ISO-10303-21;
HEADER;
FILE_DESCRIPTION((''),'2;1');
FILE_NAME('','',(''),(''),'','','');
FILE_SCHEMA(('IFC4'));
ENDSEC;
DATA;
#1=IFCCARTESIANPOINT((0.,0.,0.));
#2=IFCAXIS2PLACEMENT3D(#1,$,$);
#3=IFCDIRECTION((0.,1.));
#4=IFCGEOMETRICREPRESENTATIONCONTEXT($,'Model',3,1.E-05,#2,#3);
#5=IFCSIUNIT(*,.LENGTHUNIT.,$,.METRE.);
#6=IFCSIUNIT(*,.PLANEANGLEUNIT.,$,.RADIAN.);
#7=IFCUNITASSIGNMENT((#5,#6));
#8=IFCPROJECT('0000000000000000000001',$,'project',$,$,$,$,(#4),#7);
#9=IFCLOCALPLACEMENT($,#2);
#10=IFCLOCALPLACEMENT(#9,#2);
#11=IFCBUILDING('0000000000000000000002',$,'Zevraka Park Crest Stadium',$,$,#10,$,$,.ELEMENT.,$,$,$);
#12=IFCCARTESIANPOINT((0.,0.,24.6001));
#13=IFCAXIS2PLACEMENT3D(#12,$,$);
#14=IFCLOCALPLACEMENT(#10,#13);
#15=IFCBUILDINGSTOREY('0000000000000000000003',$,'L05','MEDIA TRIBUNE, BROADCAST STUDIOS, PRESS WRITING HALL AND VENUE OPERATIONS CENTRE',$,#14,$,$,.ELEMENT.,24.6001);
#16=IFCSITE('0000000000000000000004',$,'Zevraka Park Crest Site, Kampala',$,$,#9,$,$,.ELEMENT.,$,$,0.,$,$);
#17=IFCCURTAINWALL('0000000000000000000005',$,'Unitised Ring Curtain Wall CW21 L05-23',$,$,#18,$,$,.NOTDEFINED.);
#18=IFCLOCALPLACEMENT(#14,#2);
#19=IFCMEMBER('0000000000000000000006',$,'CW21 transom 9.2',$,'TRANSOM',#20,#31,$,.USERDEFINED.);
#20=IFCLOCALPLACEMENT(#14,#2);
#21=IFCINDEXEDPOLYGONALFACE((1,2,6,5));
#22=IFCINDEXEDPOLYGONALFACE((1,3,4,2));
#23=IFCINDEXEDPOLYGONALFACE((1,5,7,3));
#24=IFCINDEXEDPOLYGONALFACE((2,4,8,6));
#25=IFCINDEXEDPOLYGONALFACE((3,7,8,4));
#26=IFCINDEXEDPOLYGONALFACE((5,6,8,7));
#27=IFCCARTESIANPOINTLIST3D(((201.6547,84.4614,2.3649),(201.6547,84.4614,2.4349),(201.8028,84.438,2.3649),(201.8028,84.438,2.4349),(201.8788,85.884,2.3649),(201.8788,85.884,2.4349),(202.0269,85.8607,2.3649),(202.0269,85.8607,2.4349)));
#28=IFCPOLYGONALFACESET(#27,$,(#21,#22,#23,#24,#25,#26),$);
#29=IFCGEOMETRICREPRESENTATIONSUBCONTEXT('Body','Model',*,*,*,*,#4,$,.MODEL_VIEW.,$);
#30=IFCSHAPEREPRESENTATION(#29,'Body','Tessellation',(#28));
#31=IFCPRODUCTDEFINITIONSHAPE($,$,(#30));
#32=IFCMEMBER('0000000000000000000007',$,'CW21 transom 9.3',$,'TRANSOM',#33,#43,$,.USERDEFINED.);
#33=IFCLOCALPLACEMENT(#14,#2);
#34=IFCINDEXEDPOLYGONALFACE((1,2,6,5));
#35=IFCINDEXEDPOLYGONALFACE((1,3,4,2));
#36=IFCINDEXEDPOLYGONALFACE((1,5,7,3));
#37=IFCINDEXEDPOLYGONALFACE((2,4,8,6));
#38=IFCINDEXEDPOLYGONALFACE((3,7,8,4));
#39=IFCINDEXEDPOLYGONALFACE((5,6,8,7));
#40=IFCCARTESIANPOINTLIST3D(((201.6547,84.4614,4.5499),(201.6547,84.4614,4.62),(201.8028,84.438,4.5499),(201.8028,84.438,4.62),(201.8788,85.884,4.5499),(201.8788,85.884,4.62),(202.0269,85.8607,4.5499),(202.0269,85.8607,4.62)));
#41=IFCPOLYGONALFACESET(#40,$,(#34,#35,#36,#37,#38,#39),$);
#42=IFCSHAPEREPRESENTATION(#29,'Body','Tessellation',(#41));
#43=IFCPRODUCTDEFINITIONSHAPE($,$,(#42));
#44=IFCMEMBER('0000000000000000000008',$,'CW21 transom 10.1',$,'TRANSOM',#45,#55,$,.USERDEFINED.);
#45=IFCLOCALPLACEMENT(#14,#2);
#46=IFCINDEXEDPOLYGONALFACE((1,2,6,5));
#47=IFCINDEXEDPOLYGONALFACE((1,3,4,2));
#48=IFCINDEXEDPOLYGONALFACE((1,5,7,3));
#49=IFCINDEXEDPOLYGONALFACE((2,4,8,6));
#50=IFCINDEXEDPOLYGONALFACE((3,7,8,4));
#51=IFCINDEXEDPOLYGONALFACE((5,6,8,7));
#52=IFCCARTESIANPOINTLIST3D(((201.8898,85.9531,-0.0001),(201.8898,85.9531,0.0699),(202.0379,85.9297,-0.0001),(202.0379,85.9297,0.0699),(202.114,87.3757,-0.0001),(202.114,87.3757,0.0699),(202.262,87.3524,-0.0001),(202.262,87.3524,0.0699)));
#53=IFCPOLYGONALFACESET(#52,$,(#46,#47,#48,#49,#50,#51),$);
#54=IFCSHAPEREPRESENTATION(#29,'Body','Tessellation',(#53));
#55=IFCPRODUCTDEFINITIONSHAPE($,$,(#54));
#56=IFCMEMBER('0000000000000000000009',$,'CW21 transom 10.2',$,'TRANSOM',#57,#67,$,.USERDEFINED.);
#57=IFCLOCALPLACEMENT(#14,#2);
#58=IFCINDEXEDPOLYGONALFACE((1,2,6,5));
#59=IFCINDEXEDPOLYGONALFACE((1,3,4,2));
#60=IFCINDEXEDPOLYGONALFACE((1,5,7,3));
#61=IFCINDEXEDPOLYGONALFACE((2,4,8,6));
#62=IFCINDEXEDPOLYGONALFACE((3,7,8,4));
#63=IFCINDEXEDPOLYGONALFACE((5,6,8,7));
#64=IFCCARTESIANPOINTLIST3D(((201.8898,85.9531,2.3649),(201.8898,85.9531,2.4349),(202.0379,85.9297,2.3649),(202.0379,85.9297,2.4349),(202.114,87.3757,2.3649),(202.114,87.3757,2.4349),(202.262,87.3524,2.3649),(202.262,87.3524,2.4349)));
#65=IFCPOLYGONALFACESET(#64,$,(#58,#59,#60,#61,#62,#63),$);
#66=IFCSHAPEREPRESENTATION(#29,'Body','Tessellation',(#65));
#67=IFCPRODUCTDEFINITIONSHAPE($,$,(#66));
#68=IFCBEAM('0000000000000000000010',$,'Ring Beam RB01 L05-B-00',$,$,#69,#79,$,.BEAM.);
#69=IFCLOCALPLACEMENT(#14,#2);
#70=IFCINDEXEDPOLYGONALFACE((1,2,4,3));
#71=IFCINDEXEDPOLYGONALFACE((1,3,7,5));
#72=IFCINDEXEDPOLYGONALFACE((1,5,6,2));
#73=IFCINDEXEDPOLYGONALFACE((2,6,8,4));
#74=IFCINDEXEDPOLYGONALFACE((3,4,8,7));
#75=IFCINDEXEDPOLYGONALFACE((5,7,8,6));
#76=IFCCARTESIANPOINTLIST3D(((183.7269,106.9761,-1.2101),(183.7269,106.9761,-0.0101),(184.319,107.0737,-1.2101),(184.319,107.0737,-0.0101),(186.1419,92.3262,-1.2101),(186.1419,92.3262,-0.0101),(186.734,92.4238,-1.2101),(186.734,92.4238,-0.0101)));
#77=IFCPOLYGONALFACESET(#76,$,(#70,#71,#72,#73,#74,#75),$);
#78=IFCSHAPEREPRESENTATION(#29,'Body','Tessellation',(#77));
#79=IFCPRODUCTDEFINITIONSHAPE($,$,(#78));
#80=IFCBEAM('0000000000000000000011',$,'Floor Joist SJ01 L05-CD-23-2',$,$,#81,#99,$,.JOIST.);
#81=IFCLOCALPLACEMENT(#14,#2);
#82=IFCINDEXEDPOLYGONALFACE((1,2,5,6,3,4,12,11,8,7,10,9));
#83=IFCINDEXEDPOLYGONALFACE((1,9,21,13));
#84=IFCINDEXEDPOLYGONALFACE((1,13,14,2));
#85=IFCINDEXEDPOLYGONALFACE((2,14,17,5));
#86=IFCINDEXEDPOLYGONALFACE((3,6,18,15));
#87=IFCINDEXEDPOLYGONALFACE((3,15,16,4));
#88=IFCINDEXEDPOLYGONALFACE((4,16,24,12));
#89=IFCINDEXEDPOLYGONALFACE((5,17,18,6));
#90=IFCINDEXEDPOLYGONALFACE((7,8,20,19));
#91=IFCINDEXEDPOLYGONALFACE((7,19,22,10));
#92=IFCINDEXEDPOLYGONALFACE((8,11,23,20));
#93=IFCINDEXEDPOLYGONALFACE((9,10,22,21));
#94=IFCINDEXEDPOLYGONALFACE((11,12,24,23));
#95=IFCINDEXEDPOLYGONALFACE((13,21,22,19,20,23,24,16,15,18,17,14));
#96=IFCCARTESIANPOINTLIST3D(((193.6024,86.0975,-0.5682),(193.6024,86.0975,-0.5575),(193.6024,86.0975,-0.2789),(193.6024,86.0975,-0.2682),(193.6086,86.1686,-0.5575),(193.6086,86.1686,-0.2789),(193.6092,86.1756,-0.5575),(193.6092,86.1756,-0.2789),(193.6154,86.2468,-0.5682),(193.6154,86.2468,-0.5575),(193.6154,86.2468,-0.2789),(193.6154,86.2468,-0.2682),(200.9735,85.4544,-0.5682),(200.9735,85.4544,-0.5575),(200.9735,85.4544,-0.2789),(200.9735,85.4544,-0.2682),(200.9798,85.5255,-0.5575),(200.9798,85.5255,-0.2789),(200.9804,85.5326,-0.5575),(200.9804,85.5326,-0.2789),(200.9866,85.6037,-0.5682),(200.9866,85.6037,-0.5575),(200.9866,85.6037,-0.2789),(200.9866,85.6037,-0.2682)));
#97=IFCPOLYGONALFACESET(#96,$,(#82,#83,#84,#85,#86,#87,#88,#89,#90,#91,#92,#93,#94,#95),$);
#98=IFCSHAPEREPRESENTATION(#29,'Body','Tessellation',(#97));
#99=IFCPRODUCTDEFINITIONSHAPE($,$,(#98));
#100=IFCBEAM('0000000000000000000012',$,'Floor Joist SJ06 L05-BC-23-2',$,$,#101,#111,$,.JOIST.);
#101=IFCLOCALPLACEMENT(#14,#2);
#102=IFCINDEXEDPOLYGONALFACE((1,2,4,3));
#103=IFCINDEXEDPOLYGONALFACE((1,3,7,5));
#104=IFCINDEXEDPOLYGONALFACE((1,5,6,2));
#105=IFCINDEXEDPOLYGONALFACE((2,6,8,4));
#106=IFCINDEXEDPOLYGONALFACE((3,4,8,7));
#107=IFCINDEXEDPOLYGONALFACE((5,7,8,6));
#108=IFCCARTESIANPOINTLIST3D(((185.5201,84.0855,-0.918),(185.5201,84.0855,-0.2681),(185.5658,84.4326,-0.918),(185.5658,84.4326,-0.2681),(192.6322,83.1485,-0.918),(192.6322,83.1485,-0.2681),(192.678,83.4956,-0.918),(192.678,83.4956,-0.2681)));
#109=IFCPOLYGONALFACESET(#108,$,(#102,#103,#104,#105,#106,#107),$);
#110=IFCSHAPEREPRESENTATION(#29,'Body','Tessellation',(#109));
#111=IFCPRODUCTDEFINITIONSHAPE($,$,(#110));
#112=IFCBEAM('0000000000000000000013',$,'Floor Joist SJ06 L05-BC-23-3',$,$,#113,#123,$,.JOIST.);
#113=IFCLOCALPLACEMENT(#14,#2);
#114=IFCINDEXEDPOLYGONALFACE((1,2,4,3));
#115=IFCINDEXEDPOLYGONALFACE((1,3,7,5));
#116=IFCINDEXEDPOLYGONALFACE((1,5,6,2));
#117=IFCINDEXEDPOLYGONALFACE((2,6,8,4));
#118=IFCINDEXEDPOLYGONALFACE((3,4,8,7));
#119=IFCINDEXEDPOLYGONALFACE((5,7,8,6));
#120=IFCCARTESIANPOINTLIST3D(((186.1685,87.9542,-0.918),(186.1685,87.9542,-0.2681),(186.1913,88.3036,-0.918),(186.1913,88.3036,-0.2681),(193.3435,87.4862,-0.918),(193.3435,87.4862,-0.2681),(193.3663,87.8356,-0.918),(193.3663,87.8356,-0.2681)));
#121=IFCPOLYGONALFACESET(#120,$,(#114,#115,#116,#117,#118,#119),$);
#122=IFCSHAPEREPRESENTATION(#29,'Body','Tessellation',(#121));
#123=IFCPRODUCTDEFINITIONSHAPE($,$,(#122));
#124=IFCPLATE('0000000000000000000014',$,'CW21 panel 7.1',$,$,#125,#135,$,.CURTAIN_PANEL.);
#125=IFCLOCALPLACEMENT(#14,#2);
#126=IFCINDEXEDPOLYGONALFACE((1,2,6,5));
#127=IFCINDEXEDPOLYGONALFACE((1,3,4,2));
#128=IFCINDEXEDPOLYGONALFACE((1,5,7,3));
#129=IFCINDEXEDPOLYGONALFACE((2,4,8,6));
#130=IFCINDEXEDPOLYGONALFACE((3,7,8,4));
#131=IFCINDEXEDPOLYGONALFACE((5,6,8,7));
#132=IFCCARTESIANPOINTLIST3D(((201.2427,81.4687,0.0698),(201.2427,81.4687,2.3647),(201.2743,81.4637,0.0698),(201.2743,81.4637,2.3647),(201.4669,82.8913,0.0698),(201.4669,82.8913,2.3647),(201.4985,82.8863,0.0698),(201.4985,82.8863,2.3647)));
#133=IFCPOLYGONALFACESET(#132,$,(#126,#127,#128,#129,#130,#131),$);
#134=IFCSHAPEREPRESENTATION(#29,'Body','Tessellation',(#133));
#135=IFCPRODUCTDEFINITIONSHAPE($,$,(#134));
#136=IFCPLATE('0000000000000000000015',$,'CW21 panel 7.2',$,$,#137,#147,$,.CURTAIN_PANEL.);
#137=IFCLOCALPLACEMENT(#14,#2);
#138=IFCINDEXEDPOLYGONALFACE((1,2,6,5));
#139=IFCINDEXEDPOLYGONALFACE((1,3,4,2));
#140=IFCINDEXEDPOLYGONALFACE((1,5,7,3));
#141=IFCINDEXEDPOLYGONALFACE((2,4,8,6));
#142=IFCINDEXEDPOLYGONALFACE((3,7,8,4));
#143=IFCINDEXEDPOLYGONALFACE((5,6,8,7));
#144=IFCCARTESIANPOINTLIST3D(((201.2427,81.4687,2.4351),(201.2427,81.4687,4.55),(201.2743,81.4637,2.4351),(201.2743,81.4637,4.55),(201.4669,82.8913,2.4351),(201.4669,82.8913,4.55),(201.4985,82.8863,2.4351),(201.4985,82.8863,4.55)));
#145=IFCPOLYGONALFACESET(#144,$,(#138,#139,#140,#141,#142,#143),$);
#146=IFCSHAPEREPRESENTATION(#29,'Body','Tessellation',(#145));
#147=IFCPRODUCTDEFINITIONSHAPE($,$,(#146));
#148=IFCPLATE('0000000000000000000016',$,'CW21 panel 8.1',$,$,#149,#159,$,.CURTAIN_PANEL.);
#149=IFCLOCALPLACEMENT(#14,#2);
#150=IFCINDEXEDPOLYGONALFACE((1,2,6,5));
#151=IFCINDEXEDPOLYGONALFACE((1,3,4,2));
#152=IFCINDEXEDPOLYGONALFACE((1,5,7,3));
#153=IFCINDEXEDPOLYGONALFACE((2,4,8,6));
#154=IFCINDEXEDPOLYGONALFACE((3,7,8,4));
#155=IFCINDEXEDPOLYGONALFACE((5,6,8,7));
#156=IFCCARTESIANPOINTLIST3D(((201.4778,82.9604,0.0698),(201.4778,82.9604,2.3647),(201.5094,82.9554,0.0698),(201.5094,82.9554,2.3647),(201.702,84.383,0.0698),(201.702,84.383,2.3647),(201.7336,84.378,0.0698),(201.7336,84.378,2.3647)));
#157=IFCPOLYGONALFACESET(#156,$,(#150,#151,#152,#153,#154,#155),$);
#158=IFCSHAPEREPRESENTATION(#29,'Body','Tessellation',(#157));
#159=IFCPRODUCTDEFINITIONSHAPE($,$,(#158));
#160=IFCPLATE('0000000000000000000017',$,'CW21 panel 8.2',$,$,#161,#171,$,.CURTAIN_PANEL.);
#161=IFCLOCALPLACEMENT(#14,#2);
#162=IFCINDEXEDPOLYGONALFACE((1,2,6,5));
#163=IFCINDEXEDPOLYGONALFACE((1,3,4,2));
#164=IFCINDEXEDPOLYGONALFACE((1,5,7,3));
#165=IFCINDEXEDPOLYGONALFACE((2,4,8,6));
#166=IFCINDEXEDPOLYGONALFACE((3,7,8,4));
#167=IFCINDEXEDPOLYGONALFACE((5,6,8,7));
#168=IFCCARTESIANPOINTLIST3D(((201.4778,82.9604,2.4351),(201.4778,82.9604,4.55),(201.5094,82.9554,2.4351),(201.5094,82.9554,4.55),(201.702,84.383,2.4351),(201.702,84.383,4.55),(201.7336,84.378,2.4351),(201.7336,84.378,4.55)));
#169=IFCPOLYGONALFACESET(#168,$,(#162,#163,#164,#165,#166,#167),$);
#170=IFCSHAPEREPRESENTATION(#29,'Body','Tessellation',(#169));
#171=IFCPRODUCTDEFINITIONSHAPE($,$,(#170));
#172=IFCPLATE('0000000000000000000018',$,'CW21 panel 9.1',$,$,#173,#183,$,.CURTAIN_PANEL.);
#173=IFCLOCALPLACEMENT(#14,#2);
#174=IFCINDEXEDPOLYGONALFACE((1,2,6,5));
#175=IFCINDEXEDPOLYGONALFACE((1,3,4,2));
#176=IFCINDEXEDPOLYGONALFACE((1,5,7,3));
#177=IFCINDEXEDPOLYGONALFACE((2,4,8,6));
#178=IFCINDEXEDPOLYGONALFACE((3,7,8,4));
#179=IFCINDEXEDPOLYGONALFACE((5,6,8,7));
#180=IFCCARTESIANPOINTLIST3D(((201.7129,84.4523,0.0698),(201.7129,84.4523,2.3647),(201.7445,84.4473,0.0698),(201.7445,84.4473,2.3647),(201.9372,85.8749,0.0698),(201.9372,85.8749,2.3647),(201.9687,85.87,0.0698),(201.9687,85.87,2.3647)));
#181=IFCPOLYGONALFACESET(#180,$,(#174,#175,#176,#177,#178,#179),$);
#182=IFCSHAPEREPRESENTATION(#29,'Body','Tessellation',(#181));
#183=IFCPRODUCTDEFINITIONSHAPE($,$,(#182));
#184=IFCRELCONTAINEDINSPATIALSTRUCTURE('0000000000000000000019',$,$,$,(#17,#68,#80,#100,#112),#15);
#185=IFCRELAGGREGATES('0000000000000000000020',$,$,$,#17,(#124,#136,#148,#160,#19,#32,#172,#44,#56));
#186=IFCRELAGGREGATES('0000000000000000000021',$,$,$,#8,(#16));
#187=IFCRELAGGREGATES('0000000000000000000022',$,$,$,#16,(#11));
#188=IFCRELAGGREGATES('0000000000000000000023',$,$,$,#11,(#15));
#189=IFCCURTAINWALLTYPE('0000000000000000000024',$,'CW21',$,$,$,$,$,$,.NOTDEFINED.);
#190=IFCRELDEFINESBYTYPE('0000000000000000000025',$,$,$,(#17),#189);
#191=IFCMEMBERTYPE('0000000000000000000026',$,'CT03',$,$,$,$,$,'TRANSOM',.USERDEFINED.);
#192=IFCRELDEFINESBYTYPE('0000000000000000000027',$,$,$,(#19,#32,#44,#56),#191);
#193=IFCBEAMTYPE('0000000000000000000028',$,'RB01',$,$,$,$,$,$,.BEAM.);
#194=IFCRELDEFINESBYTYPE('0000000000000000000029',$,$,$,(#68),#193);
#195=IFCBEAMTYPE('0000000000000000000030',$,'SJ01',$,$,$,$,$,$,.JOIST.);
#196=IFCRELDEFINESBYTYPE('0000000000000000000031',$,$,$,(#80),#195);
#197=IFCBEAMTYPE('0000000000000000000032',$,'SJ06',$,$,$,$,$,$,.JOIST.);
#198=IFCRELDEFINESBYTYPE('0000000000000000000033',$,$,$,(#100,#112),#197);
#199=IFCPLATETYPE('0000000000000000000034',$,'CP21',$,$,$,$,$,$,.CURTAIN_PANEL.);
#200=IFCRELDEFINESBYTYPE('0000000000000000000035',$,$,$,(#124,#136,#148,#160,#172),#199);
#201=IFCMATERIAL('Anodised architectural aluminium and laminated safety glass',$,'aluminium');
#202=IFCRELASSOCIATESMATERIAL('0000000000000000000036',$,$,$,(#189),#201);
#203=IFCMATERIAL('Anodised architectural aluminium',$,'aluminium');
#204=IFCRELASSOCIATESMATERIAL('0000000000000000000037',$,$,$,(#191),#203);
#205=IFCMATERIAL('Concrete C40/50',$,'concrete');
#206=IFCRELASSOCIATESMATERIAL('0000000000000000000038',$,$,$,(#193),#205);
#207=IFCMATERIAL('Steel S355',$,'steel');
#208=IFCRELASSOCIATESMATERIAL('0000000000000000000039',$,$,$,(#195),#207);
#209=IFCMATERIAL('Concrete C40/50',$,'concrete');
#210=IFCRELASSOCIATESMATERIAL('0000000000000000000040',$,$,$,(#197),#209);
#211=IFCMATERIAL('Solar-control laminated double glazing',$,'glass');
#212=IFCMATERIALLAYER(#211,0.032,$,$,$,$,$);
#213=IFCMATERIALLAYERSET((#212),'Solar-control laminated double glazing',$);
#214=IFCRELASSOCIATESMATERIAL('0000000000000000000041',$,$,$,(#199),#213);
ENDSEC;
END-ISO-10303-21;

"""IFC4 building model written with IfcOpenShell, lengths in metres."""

from ifc_helpers import new_model, si_unit, direction, frame, origin, origin_2d, place, context, subcontext, project, spatial, rectangle, i_section, extrude, material, layer, layer_set, material_profile, profile_set, type_object, element, aggregate, save


model = new_model("IFC4")

# Units and contexts
model_context = context("Model", 3, precision=1e-05, world=origin(), true_north=direction((0.0, 1.0)))
body_context = subcontext(model_context, "Body", "Model", "MODEL_VIEW")
ifc_project = project(units=[si_unit("LENGTHUNIT", "METRE"), si_unit("PLANEANGLEUNIT", "RADIAN")], contexts=[model_context])

# Site, building, storey
site_placement = place(None, origin())
site = spatial("IfcSite", under=ifc_project, at=site_placement, Name="Zevraka Park Crest Site, Kampala", CompositionType="ELEMENT", RefElevation=0.0)
building_placement = place(site_placement, origin())
building = spatial("IfcBuilding", under=site, at=building_placement, Name="Zevraka Park Crest Stadium", CompositionType="ELEMENT")
storey_placement = place(building_placement, frame((0.0, 0.0, 24.6001)))
storey = spatial("IfcBuildingStorey", under=building, at=storey_placement, Name="L05", Description="MEDIA TRIBUNE, BROADCAST STUDIOS, PRESS WRITING HALL AND VENUE OPERATIONS CENTRE", CompositionType="ELEMENT", Elevation=24.6001)

# Curtain wall, members
ifc_material_1 = material(Name="Anodised architectural aluminium and laminated safety glass", Category="aluminium")
curtain_wall_type = type_object("IfcCurtainWallType", Name="CW21", PredefinedType="NOTDEFINED", material=ifc_material_1)
curtain_wall_placement = place(storey_placement, origin())
curtain_wall = element("IfcCurtainWall", 1, at=curtain_wall_placement, inside=storey, type_object=curtain_wall_type, Name="Unitised Ring Curtain Wall CW21 L05-23", PredefinedType="NOTDEFINED")
ifc_material_2 = material(Name="Anodised architectural aluminium", Category="aluminium")
ifc_material_profile_1 = material_profile(ifc_material_2, rectangle(XDim=0.1499, YDim=0.0701, at=origin_2d()), Name="ALU TRANSOM 150x70")
ifc_profile_set_1 = profile_set([ifc_material_profile_1], Name="Anodised architectural aluminium")
member_type_1 = type_object("IfcMemberType", Name="CT03", ElementType="TRANSOM", PredefinedType="USERDEFINED", material=ifc_profile_set_1)
member_1_placement = place(storey_placement, frame((201.7288, 84.4497, 2.3999), z_axis=(0.155623, 0.987817, 0.0), x_axis=(-0.987817, 0.155623, 0.0)))
member_1 = element("IfcMember", 2, at=member_1_placement, type_object=member_type_1, Name="CW21 transom 9.2", ObjectType="TRANSOM", PredefinedType="USERDEFINED", context=body_context, shape_type="SweptSolid", body=[
    extrude(rectangle(XDim=0.1499, YDim=0.0701, at=origin_2d()), origin(), (0.0, 0.0, 1.0), 1.4402),
])
member_2_placement = place(storey_placement, frame((201.7288, 84.4497, 4.585), z_axis=(0.155623, 0.987817, 0.0), x_axis=(-0.987817, 0.155623, 0.0)))
member_2 = element("IfcMember", 3, at=member_2_placement, type_object=member_type_1, Name="CW21 transom 9.3", ObjectType="TRANSOM", PredefinedType="USERDEFINED", context=body_context, shape_type="SweptSolid", body=[
    extrude(rectangle(XDim=0.1499, YDim=0.0701, at=origin_2d()), origin(), (0.0, 0.0, 1.0), 1.4402),
])
member_3_placement = place(storey_placement, frame((201.9639, 85.9414, 0.0349), z_axis=(0.155623, 0.987817, 0.0), x_axis=(-0.987817, 0.155623, 0.0)))
member_3 = element("IfcMember", 4, at=member_3_placement, type_object=member_type_1, Name="CW21 transom 10.1", ObjectType="TRANSOM", PredefinedType="USERDEFINED", context=body_context, shape_type="SweptSolid", body=[
    extrude(rectangle(XDim=0.1499, YDim=0.0701, at=origin_2d()), origin(), (0.0, 0.0, 1.0), 1.4402),
])
member_4_placement = place(storey_placement, frame((201.9639, 85.9414, 2.3999), z_axis=(0.155623, 0.987817, 0.0), x_axis=(-0.987817, 0.155623, 0.0)))
member_4 = element("IfcMember", 5, at=member_4_placement, type_object=member_type_1, Name="CW21 transom 10.2", ObjectType="TRANSOM", PredefinedType="USERDEFINED", context=body_context, shape_type="SweptSolid", body=[
    extrude(rectangle(XDim=0.1499, YDim=0.0701, at=origin_2d()), origin(), (0.0, 0.0, 1.0), 1.4402),
])

# Beams
ifc_material_3 = material(Name="Concrete C40/50", Category="concrete")
ifc_material_profile_2 = material_profile(ifc_material_3, rectangle(XDim=0.6001, YDim=1.2, at=origin_2d()), Name="RC 1200x600")
ifc_profile_set_2 = profile_set([ifc_material_profile_2], Name="Concrete C40/50")
beam_type_1 = type_object("IfcBeamType", Name="RB01", PredefinedType="BEAM", material=ifc_profile_set_2)
beam_1_placement = place(storey_placement, frame((186.438, 92.375, -0.6101), z_axis=(-0.162655, 0.986683, 0.0), x_axis=(-0.986683, -0.162655, 0.0)))
element("IfcBeam", 6, at=beam_1_placement, inside=storey, type_object=beam_type_1, Name="Ring Beam RB01 L05-B-00", PredefinedType="BEAM", context=body_context, shape_type="SweptSolid", body=[
    extrude(rectangle(XDim=0.6001, YDim=1.2, at=origin_2d()), origin(), (0.0, 0.0, 1.0), 14.8477),
])
ifc_material_4 = material(Name="Steel S355", Category="steel")
ifc_material_profile_3 = material_profile(ifc_material_4, i_section(OverallWidth=0.1499, OverallDepth=0.3, WebThickness=0.0071, FlangeThickness=0.0107, at=origin_2d()), Name="IPE 300")
ifc_profile_set_3 = profile_set([ifc_material_profile_3], Name="Steel S355")
beam_type_2 = type_object("IfcBeamType", Name="SJ01", PredefinedType="JOIST", material=ifc_profile_set_3)
beam_2_placement = place(storey_placement, frame((193.6089, 86.1721, -0.4182), z_axis=(0.996216, -0.086912, 0.0), x_axis=(0.086912, 0.996216, 0.0)))
element("IfcBeam", 7, at=beam_2_placement, inside=storey, type_object=beam_type_2, Name="Floor Joist SJ01 L05-CD-23-2", PredefinedType="JOIST", context=body_context, shape_type="SweptSolid", body=[
    extrude(i_section(OverallWidth=0.1499, OverallDepth=0.3, WebThickness=0.0071, FlangeThickness=0.0107, at=origin_2d()), origin(), (0.0, 0.0, 1.0), 7.3992),
])
ifc_material_5 = material(Name="Concrete C40/50", Category="concrete")
ifc_material_profile_4 = material_profile(ifc_material_5, rectangle(XDim=0.3501, YDim=0.6499, at=origin_2d()), Name="RC 650x350")
ifc_profile_set_4 = profile_set([ifc_material_profile_4], Name="Concrete C40/50")
beam_type_3 = type_object("IfcBeamType", Name="SJ06", PredefinedType="JOIST", material=ifc_profile_set_4)
beam_3_placement = place(storey_placement, frame((185.543, 84.259, -0.593), z_axis=(0.991432, -0.130621, 0.0), x_axis=(0.130621, 0.991432, 0.0)))
element("IfcBeam", 8, at=beam_3_placement, inside=storey, type_object=beam_type_3, Name="Floor Joist SJ06 L05-BC-23-2", PredefinedType="JOIST", context=body_context, shape_type="SweptSolid", body=[
    extrude(rectangle(XDim=0.3501, YDim=0.6499, at=origin_2d()), origin(), (0.0, 0.0, 1.0), 7.1736),
])
beam_4_placement = place(storey_placement, frame((186.1799, 88.1289, -0.593), z_axis=(0.997879, -0.06509, 0.0), x_axis=(0.06509, 0.997879, 0.0)))
element("IfcBeam", 9, at=beam_4_placement, inside=storey, type_object=beam_type_3, Name="Floor Joist SJ06 L05-BC-23-3", PredefinedType="JOIST", context=body_context, shape_type="SweptSolid", body=[
    extrude(rectangle(XDim=0.3501, YDim=0.6499, at=origin_2d()), origin(), (0.0, 0.0, 1.0), 7.1902),
])

# Plates
ifc_material_6 = material(Name="Solar-control laminated double glazing", Category="glass")
ifc_layer_1 = layer(ifc_material_6, 0.032)
ifc_layer_set_1 = layer_set([ifc_layer_1], Name="Solar-control laminated double glazing")
plate_type = type_object("IfcPlateType", Name="CP21", PredefinedType="CURTAIN_PANEL", material=ifc_layer_set_1)
plate_1_placement = place(storey_placement, frame((201.3706, 82.1775, 0.0698), z_axis=(0.0, 0.0, 1.0), x_axis=(0.155711, 0.987803, 0.0)))
plate_1 = element("IfcPlate", 10, at=plate_1_placement, type_object=plate_type, Name="CW21 panel 7.1", PredefinedType="CURTAIN_PANEL", context=body_context, shape_type="SweptSolid", body=[
    extrude(rectangle(XDim=1.4402, YDim=0.032, at=origin_2d()), origin(), (0.0, 0.0, 1.0), 2.2949),
])
plate_2_placement = place(storey_placement, frame((201.3706, 82.1775, 2.4351), z_axis=(0.0, 0.0, 1.0), x_axis=(0.155711, 0.987803, 0.0)))
plate_2 = element("IfcPlate", 11, at=plate_2_placement, type_object=plate_type, Name="CW21 panel 7.2", PredefinedType="CURTAIN_PANEL", context=body_context, shape_type="SweptSolid", body=[
    extrude(rectangle(XDim=1.4402, YDim=0.032, at=origin_2d()), origin(), (0.0, 0.0, 1.0), 2.115),
])
plate_3_placement = place(storey_placement, frame((201.6057, 83.6692, 0.0698), z_axis=(0.0, 0.0, 1.0), x_axis=(0.155711, 0.987803, 0.0)))
plate_3 = element("IfcPlate", 12, at=plate_3_placement, type_object=plate_type, Name="CW21 panel 8.1", PredefinedType="CURTAIN_PANEL", context=body_context, shape_type="SweptSolid", body=[
    extrude(rectangle(XDim=1.4402, YDim=0.032, at=origin_2d()), origin(), (0.0, 0.0, 1.0), 2.2949),
])
plate_4_placement = place(storey_placement, frame((201.6057, 83.6692, 2.4351), z_axis=(0.0, 0.0, 1.0), x_axis=(0.155711, 0.987803, 0.0)))
plate_4 = element("IfcPlate", 13, at=plate_4_placement, type_object=plate_type, Name="CW21 panel 8.2", PredefinedType="CURTAIN_PANEL", context=body_context, shape_type="SweptSolid", body=[
    extrude(rectangle(XDim=1.4402, YDim=0.032, at=origin_2d()), origin(), (0.0, 0.0, 1.0), 2.115),
])
plate_5_placement = place(storey_placement, frame((201.8408, 85.1611, 0.0698), z_axis=(0.0, 0.0, 1.0), x_axis=(0.155711, 0.987803, 0.0)))
plate_5 = element("IfcPlate", 14, at=plate_5_placement, type_object=plate_type, Name="CW21 panel 9.1", PredefinedType="CURTAIN_PANEL", context=body_context, shape_type="SweptSolid", body=[
    extrude(rectangle(XDim=1.4402, YDim=0.032, at=origin_2d()), origin(), (0.0, 0.0, 1.0), 2.2949),
])
aggregate(curtain_wall, [plate_1, plate_2, plate_3, plate_4, member_1, member_2, plate_5, member_3, member_4])

save(model, "model.ifc")
